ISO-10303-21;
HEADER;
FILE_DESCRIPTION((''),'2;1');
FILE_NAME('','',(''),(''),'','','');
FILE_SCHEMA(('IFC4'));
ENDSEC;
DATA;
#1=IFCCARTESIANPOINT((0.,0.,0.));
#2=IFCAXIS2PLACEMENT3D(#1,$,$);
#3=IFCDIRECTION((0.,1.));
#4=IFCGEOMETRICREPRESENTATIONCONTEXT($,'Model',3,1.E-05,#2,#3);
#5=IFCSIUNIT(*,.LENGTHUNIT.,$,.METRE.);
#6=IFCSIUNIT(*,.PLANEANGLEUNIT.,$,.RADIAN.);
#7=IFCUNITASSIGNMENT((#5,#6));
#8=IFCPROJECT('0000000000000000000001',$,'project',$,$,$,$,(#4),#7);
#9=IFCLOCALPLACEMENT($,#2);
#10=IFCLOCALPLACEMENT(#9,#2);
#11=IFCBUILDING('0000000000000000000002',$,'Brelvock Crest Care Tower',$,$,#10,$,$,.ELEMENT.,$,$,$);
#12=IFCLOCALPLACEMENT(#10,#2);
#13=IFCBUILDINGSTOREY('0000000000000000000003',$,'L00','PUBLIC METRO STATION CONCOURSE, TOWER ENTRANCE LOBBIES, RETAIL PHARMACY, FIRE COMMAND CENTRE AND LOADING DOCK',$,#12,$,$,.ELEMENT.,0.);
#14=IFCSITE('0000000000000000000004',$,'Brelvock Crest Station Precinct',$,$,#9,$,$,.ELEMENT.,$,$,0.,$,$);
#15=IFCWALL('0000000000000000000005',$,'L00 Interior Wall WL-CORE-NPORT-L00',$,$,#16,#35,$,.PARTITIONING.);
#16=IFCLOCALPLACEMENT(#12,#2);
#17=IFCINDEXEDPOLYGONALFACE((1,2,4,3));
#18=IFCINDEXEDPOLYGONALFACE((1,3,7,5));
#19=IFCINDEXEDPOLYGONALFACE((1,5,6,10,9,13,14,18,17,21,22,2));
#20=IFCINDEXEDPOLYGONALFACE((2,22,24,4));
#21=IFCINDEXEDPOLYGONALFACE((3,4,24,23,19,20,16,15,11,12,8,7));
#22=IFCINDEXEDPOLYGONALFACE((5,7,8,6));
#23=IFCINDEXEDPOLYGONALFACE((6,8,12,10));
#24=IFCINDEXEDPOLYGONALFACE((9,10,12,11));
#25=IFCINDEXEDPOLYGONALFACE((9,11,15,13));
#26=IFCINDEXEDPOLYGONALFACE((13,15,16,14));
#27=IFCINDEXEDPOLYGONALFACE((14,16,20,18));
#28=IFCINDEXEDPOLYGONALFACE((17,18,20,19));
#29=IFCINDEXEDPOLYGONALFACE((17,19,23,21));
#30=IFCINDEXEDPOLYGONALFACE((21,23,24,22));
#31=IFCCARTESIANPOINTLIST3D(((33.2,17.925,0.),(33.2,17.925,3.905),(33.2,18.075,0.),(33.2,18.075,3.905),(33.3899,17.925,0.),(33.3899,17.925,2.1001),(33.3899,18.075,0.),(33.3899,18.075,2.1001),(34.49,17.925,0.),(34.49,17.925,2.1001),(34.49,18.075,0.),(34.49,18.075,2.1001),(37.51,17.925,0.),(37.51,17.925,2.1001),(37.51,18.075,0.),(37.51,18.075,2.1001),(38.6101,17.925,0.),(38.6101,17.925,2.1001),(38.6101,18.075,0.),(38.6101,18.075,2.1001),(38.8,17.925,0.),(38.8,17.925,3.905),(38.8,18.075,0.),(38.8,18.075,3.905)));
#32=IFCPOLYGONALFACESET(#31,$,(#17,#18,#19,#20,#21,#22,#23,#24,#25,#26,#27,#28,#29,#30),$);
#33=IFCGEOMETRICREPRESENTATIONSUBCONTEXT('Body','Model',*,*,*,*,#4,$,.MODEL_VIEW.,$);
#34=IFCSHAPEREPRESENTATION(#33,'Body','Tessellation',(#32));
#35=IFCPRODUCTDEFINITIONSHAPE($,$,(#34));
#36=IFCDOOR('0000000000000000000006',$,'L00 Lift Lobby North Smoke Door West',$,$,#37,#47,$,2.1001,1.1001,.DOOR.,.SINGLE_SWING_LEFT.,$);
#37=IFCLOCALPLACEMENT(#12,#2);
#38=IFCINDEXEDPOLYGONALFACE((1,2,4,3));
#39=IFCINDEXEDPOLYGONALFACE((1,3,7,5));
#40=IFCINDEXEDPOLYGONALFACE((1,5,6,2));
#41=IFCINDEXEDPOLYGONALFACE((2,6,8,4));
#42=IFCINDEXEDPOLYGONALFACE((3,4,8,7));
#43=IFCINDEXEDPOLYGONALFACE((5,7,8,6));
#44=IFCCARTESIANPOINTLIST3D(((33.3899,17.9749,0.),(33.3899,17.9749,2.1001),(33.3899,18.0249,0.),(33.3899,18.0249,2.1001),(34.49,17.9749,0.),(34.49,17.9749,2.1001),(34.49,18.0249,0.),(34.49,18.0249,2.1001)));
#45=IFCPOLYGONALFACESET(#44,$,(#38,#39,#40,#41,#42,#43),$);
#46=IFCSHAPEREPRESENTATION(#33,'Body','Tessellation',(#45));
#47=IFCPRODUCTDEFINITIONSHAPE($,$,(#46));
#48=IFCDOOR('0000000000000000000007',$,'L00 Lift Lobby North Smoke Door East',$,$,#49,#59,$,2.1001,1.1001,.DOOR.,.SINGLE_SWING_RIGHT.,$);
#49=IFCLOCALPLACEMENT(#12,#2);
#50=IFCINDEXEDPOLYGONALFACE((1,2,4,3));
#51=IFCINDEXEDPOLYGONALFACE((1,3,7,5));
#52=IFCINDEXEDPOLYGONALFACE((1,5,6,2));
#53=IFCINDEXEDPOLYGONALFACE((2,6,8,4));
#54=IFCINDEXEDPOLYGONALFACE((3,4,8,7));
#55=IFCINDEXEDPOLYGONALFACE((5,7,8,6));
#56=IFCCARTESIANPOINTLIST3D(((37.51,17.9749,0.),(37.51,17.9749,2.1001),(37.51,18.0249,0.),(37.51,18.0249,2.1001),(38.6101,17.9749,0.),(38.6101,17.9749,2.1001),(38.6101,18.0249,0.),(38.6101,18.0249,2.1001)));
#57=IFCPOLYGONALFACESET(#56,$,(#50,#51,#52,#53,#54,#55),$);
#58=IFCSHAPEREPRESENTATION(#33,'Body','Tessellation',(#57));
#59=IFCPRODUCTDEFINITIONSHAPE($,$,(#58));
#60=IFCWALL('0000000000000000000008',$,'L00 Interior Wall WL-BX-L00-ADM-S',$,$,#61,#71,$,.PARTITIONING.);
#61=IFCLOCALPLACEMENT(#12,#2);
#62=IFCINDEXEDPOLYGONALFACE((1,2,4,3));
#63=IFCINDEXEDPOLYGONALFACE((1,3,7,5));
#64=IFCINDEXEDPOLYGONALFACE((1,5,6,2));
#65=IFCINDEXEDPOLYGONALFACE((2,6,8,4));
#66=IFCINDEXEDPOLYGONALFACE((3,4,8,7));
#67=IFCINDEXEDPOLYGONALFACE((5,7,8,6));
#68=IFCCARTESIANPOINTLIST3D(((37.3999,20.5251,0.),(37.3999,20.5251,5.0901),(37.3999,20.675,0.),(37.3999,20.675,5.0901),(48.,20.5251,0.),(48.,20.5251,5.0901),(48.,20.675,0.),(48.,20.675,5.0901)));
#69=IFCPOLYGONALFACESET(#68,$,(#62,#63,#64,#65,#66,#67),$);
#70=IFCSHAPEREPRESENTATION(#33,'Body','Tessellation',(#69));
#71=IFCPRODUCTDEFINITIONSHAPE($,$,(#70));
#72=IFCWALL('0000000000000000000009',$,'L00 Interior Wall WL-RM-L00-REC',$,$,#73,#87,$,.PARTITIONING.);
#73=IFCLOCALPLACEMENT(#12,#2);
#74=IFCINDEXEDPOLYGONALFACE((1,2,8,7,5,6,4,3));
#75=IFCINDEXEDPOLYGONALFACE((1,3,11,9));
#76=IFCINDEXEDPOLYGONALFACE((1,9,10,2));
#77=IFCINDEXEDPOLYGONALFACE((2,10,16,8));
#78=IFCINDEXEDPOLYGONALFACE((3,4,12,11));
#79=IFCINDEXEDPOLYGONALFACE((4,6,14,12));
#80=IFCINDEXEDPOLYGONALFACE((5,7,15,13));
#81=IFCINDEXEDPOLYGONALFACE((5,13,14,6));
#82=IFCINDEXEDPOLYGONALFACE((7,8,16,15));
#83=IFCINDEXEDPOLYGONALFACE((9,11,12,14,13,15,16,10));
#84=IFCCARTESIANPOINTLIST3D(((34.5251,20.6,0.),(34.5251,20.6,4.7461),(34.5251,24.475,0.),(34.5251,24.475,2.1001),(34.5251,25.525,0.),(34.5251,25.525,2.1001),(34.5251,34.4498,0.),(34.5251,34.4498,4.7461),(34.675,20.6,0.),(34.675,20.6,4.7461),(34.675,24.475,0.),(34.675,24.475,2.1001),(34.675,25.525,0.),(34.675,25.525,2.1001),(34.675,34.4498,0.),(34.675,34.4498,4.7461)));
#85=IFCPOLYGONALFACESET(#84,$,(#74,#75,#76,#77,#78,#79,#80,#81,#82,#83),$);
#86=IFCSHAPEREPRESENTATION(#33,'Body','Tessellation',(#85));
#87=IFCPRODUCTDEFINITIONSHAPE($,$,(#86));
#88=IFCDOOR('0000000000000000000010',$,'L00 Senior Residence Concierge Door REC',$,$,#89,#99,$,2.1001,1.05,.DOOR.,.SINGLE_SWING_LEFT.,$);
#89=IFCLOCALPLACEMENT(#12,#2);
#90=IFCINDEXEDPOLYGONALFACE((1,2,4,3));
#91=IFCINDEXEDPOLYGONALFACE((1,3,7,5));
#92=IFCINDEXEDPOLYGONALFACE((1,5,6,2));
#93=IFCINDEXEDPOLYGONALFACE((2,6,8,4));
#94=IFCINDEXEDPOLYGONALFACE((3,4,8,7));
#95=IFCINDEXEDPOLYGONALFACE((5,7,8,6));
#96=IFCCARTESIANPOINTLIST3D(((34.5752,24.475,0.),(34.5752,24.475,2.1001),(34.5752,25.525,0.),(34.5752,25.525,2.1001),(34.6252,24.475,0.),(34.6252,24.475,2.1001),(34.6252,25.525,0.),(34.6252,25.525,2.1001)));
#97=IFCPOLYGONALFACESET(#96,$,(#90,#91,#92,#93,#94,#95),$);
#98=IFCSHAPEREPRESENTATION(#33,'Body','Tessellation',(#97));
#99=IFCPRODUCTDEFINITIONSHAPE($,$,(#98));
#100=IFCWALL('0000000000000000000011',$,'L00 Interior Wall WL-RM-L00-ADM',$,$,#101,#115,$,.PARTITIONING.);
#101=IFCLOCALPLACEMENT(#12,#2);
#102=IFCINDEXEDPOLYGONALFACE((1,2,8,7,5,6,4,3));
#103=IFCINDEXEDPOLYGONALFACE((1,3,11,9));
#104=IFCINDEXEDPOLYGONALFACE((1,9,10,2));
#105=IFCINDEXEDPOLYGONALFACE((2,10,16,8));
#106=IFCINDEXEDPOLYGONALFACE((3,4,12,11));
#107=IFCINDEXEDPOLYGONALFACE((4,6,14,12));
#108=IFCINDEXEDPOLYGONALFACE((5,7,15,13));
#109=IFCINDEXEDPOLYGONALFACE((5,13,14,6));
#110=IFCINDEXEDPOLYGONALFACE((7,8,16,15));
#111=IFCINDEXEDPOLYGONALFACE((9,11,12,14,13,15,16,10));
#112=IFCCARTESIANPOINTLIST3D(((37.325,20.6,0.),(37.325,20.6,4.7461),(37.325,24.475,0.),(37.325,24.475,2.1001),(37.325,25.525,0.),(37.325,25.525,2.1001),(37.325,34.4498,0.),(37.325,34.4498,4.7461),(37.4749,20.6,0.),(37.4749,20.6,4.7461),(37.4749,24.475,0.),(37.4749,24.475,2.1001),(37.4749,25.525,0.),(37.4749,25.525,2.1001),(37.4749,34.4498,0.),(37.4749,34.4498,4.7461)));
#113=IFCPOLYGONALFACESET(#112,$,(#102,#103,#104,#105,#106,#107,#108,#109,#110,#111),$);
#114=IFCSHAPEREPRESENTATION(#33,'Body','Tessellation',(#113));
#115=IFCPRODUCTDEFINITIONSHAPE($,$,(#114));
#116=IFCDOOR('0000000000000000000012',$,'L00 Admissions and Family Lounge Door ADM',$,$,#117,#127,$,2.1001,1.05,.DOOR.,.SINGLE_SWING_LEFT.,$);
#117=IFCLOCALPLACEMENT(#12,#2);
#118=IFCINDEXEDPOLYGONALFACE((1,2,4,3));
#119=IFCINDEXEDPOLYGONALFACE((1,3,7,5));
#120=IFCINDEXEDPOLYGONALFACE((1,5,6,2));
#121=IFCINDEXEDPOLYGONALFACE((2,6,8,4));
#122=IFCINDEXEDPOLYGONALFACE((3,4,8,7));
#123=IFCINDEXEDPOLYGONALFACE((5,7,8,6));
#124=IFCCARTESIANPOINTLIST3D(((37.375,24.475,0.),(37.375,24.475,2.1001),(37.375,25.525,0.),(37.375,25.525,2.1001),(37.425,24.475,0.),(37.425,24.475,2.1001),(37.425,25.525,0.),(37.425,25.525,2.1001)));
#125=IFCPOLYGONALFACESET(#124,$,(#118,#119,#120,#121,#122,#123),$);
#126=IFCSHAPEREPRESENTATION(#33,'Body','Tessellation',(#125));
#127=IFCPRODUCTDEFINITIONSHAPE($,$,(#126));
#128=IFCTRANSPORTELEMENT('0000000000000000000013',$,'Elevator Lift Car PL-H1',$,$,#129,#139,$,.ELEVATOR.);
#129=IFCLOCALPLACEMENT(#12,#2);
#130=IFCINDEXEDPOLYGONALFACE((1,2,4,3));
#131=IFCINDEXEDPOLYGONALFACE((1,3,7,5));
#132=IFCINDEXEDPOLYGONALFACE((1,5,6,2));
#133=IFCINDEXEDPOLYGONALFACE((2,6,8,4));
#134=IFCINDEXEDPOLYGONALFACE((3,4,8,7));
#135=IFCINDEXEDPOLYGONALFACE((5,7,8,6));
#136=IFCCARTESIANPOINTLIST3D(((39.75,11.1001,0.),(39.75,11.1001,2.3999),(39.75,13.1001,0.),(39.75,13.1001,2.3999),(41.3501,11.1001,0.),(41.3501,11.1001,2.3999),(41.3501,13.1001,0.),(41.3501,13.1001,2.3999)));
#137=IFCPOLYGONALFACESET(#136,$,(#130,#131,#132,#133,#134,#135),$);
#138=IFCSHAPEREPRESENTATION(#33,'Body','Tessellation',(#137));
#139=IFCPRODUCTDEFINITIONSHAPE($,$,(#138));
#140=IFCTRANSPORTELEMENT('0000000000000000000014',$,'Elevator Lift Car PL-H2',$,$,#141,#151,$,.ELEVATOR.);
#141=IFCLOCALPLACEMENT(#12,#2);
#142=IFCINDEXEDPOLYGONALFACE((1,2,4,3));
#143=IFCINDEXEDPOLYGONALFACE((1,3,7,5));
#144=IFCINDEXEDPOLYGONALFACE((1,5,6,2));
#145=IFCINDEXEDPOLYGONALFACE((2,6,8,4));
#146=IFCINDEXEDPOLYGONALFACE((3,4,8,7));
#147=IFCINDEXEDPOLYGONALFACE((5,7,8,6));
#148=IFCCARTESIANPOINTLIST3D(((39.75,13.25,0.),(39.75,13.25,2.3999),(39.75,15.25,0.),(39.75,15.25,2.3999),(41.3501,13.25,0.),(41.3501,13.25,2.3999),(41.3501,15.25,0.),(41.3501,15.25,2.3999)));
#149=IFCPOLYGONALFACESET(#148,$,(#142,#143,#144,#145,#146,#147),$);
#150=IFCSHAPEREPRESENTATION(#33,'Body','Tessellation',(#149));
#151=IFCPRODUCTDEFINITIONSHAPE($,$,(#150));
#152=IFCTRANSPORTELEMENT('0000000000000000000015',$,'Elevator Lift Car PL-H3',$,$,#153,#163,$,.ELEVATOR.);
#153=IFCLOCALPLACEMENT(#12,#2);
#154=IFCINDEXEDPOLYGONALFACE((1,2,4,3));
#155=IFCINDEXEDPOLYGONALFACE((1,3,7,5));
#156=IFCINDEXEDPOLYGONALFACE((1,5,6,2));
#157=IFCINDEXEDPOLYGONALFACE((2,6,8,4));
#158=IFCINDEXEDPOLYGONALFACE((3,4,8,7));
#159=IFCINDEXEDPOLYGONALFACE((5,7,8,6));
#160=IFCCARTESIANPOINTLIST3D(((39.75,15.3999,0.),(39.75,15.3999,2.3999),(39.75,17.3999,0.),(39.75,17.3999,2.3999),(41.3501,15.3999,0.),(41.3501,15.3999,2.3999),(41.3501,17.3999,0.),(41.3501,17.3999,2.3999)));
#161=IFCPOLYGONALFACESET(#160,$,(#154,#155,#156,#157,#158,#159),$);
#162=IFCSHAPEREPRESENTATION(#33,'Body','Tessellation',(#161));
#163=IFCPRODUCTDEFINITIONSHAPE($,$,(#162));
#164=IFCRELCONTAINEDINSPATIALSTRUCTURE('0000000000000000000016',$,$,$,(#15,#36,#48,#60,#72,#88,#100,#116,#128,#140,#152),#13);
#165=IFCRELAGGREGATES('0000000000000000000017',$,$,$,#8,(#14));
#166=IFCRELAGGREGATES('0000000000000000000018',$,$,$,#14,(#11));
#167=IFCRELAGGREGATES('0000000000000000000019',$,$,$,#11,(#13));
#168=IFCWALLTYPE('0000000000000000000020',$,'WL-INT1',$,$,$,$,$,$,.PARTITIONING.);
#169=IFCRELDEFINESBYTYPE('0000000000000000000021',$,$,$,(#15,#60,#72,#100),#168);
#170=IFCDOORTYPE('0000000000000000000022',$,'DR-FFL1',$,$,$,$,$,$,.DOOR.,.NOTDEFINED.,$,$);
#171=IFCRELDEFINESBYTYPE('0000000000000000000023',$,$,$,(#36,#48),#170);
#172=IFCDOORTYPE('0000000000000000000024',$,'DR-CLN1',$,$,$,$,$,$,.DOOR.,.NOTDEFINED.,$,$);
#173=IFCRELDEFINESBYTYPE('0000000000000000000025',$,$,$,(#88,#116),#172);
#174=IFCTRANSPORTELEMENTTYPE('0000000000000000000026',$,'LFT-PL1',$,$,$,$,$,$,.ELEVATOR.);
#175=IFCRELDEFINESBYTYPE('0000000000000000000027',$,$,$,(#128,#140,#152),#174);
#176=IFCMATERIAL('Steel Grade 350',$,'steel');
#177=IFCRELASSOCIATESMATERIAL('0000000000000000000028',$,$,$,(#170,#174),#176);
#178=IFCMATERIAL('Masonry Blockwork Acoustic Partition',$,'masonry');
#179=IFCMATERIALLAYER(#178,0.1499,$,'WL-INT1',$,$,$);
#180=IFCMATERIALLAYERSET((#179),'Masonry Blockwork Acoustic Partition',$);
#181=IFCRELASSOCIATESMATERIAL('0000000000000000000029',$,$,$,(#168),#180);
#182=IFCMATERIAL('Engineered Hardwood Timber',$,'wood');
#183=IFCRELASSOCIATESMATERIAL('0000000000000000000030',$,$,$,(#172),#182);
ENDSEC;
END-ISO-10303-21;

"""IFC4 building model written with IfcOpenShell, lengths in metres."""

from ifc_helpers import new_model, si_unit, direction, frame, frame_2d, origin, origin_2d, place, context, subcontext, project, spatial, rectangle, extrude, source, transform, mapped, material, layer, layer_set, type_object, element, fill, save


model = new_model("IFC4")

# Units and contexts
model_context = context("Model", 3, precision=1e-05, world=origin(), true_north=direction((0.0, 1.0)))
body_context = subcontext(model_context, "Body", "Model", "MODEL_VIEW")
ifc_project = project(units=[si_unit("LENGTHUNIT", "METRE"), si_unit("PLANEANGLEUNIT", "RADIAN")], contexts=[model_context])

# Site, building, storey
site_placement = place(None, origin())
site = spatial("IfcSite", under=ifc_project, at=site_placement, Name="Brelvock Crest Station Precinct", CompositionType="ELEMENT", RefElevation=0.0)
building_placement = place(site_placement, origin())
building = spatial("IfcBuilding", under=site, at=building_placement, Name="Brelvock Crest Care Tower", CompositionType="ELEMENT")
storey_placement = place(building_placement, origin())
storey = spatial("IfcBuildingStorey", under=building, at=storey_placement, Name="L00", Description="PUBLIC METRO STATION CONCOURSE, TOWER ENTRANCE LOBBIES, RETAIL PHARMACY, FIRE COMMAND CENTRE AND LOADING DOCK", CompositionType="ELEMENT", Elevation=0.0)

# Shared definitions
ifc_material_1 = material(Name="Steel Grade 350", Category="steel")

# Shared definitions
door_type_1 = type_object("IfcDoorType", Name="DR-FFL1", OperationType="NOTDEFINED", PredefinedType="DOOR", material=ifc_material_1)
shared_shape_1 = source(origin(), body_context, "Body", "SweptSolid", [
    extrude(rectangle(XDim=1.1001, YDim=2.1001, at=origin_2d()), frame((0.55, 0.0249, 1.05), z_axis=(0.0, -1.0, 0.0), x_axis=(1.0, 0.0, 0.0)), (0.0, 0.0, 1.0), 0.05),
])

# Wall, openings, doors
ifc_material_2 = material(Name="Masonry Blockwork Acoustic Partition", Category="masonry")
ifc_layer_1 = layer(ifc_material_2, 0.1499, Name="WL-INT1")
ifc_layer_set_1 = layer_set([ifc_layer_1], Name="Masonry Blockwork Acoustic Partition")
wall_type_1 = type_object("IfcWallType", Name="WL-INT1", PredefinedType="PARTITIONING", material=ifc_layer_set_1)
wall_1_placement = place(storey_placement, frame((33.2, 18.0, 0.0), z_axis=(0.0, 0.0, 1.0), x_axis=(1.0, 0.0, 0.0)))
wall_1 = element("IfcWall", 1, at=wall_1_placement, inside=storey, type_object=wall_type_1, Name="L00 Interior Wall WL-CORE-NPORT-L00", PredefinedType="PARTITIONING", context=body_context, shape_type="SweptSolid", body=[
    extrude(rectangle(XDim=5.6001, YDim=0.1499, at=frame_2d((2.8, 0.0))), origin(), (0.0, 0.0, 1.0), 3.905),
])
opening_1_placement = place(wall_1_placement, frame((0.1899, 0.0, 0.0)))
opening_1 = element("IfcOpeningElement", 2, at=opening_1_placement, cuts=wall_1, PredefinedType="OPENING", context=body_context, shape_type="SweptSolid", body=[
    extrude(rectangle(XDim=1.1001, YDim=2.1001, at=origin_2d()), frame((0.55, 0.085, 1.05), z_axis=(0.0, -1.0, 0.0), x_axis=(1.0, 0.0, 0.0)), (0.0, 0.0, 1.0), 0.1699),
])
opening_2_placement = place(wall_1_placement, frame((4.3101, 0.0, 0.0)))
opening_2 = element("IfcOpeningElement", 3, at=opening_2_placement, cuts=wall_1, PredefinedType="OPENING", context=body_context, shape_type="SweptSolid", body=[
    extrude(rectangle(XDim=1.1001, YDim=2.1001, at=origin_2d()), frame((0.55, 0.085, 1.05), z_axis=(0.0, -1.0, 0.0), x_axis=(1.0, 0.0, 0.0)), (0.0, 0.0, 1.0), 0.1699),
])
door_1_placement = place(opening_1_placement, origin())
door_1 = element("IfcDoor", 4, at=door_1_placement, inside=storey, type_object=door_type_1, Name="L00 Lift Lobby North Smoke Door West", OperationType="SINGLE_SWING_LEFT", OverallHeight=2.1001, OverallWidth=1.1001, PredefinedType="DOOR", context=body_context, shape_type="MappedRepresentation", body=[
    mapped(shared_shape_1, transform((0.0, 0.0, 0.0), x_axis=(1.0, 0.0, 0.0), y_axis=(0.0, 1.0, 0.0), z_axis=(0.0, 0.0, 1.0), scale=1.0)),
])
fill(opening_1, door_1)
door_2_placement = place(opening_2_placement, origin())
door_2 = element("IfcDoor", 5, at=door_2_placement, inside=storey, type_object=door_type_1, Name="L00 Lift Lobby North Smoke Door East", OperationType="SINGLE_SWING_RIGHT", OverallHeight=2.1001, OverallWidth=1.1001, PredefinedType="DOOR", context=body_context, shape_type="MappedRepresentation", body=[
    mapped(shared_shape_1, transform((0.0, 0.0, 0.0), x_axis=(1.0, 0.0, 0.0), y_axis=(0.0, 1.0, 0.0), z_axis=(0.0, 0.0, 1.0), scale=1.0)),
])
fill(opening_2, door_2)

# Wall
wall_2_placement = place(storey_placement, frame((37.3999, 20.6001, 0.0), z_axis=(0.0, 0.0, 1.0), x_axis=(1.0, 0.0, 0.0)))
element("IfcWall", 6, at=wall_2_placement, inside=storey, type_object=wall_type_1, Name="L00 Interior Wall WL-BX-L00-ADM-S", PredefinedType="PARTITIONING", context=body_context, shape_type="SweptSolid", body=[
    extrude(rectangle(XDim=10.6001, YDim=0.1499, at=frame_2d((5.3, 0.0))), origin(), (0.0, 0.0, 1.0), 5.0901),
])

# Walls, openings, doors
wall_3_placement = place(storey_placement, frame((34.6001, 20.6001, 0.0), z_axis=(0.0, 0.0, 1.0), x_axis=(0.0, 1.0, 0.0)))
wall_3 = element("IfcWall", 7, at=wall_3_placement, inside=storey, type_object=wall_type_1, Name="L00 Interior Wall WL-RM-L00-REC", PredefinedType="PARTITIONING", context=body_context, shape_type="SweptSolid", body=[
    extrude(rectangle(XDim=13.8499, YDim=0.1499, at=frame_2d((6.9248, 0.0))), origin(), (0.0, 0.0, 1.0), 4.7461),
])
opening_3_placement = place(wall_3_placement, frame((3.875, 0.0, 0.0)))
opening_3 = element("IfcOpeningElement", 8, at=opening_3_placement, cuts=wall_3, PredefinedType="OPENING", context=body_context, shape_type="SweptSolid", body=[
    extrude(rectangle(XDim=1.05, YDim=2.1001, at=origin_2d()), frame((0.5249, 0.085, 1.05), z_axis=(0.0, -1.0, 0.0), x_axis=(1.0, 0.0, 0.0)), (0.0, 0.0, 1.0), 0.1699),
])
ifc_material_3 = material(Name="Engineered Hardwood Timber", Category="wood")
door_type_2 = type_object("IfcDoorType", Name="DR-CLN1", OperationType="NOTDEFINED", PredefinedType="DOOR", material=ifc_material_3)
shared_shape_2 = source(origin(), body_context, "Body", "SweptSolid", [
    extrude(rectangle(XDim=1.05, YDim=2.1001, at=origin_2d()), frame((0.5249, 0.0249, 1.05), z_axis=(0.0, -1.0, 0.0), x_axis=(1.0, 0.0, 0.0)), (0.0, 0.0, 1.0), 0.05),
])
door_3_placement = place(opening_3_placement, origin())
door_3 = element("IfcDoor", 9, at=door_3_placement, inside=storey, type_object=door_type_2, Name="L00 Senior Residence Concierge Door REC", OperationType="SINGLE_SWING_LEFT", OverallHeight=2.1001, OverallWidth=1.05, PredefinedType="DOOR", context=body_context, shape_type="MappedRepresentation", body=[
    mapped(shared_shape_2, transform((0.0, 0.0, 0.0), x_axis=(1.0, 0.0, 0.0), y_axis=(0.0, 1.0, 0.0), z_axis=(0.0, 0.0, 1.0), scale=1.0)),
])
fill(opening_3, door_3)
wall_4_placement = place(storey_placement, frame((37.3999, 20.6001, 0.0), z_axis=(0.0, 0.0, 1.0), x_axis=(0.0, 1.0, 0.0)))
wall_4 = element("IfcWall", 10, at=wall_4_placement, inside=storey, type_object=wall_type_1, Name="L00 Interior Wall WL-RM-L00-ADM", PredefinedType="PARTITIONING", context=body_context, shape_type="SweptSolid", body=[
    extrude(rectangle(XDim=13.8499, YDim=0.1499, at=frame_2d((6.9248, 0.0))), origin(), (0.0, 0.0, 1.0), 4.7461),
])
opening_4_placement = place(wall_4_placement, frame((3.875, 0.0, 0.0)))
opening_4 = element("IfcOpeningElement", 11, at=opening_4_placement, cuts=wall_4, PredefinedType="OPENING", context=body_context, shape_type="SweptSolid", body=[
    extrude(rectangle(XDim=1.05, YDim=2.1001, at=origin_2d()), frame((0.5249, 0.085, 1.05), z_axis=(0.0, -1.0, 0.0), x_axis=(1.0, 0.0, 0.0)), (0.0, 0.0, 1.0), 0.1699),
])
door_4_placement = place(opening_4_placement, origin())
door_4 = element("IfcDoor", 12, at=door_4_placement, inside=storey, type_object=door_type_2, Name="L00 Admissions and Family Lounge Door ADM", OperationType="SINGLE_SWING_LEFT", OverallHeight=2.1001, OverallWidth=1.05, PredefinedType="DOOR", context=body_context, shape_type="MappedRepresentation", body=[
    mapped(shared_shape_2, transform((0.0, 0.0, 0.0), x_axis=(1.0, 0.0, 0.0), y_axis=(0.0, 1.0, 0.0), z_axis=(0.0, 0.0, 1.0), scale=1.0)),
])
fill(opening_4, door_4)

# Transport elements
transport_element_type = type_object("IfcTransportElementType", Name="LFT-PL1", PredefinedType="ELEVATOR", material=ifc_material_1)
shared_shape_3 = source(origin(), body_context, "Body", "SweptSolid", [
    extrude(rectangle(XDim=1.6001, YDim=2.0, at=origin_2d()), origin(), (0.0, 0.0, 1.0), 2.3999),
])
for number, where, z_axis, x_axis, name in (
    (13, (40.55, 12.1001, 0.0), (0.0, 0.0, 1.0), (1.0, 0.0, 0.0), "Elevator Lift Car PL-H1"),
    (14, (40.55, 14.25, 0.0), (0.0, 0.0, 1.0), (1.0, 0.0, 0.0), "Elevator Lift Car PL-H2"),
    (15, (40.55, 16.3999, 0.0), (0.0, 0.0, 1.0), (1.0, 0.0, 0.0), "Elevator Lift Car PL-H3"),
):
    element("IfcTransportElement", number, at=place(storey_placement, frame(where, z_axis=z_axis, x_axis=x_axis)), inside=storey, type_object=transport_element_type, Name=name, PredefinedType="ELEVATOR", context=body_context, shape_type="MappedRepresentation", body=[
        mapped(shared_shape_3, transform((0.0, 0.0, 0.0), x_axis=(1.0, 0.0, 0.0), y_axis=(0.0, 1.0, 0.0), z_axis=(0.0, 0.0, 1.0), scale=1.0)),
    ])

save(model, "model.ifc")
